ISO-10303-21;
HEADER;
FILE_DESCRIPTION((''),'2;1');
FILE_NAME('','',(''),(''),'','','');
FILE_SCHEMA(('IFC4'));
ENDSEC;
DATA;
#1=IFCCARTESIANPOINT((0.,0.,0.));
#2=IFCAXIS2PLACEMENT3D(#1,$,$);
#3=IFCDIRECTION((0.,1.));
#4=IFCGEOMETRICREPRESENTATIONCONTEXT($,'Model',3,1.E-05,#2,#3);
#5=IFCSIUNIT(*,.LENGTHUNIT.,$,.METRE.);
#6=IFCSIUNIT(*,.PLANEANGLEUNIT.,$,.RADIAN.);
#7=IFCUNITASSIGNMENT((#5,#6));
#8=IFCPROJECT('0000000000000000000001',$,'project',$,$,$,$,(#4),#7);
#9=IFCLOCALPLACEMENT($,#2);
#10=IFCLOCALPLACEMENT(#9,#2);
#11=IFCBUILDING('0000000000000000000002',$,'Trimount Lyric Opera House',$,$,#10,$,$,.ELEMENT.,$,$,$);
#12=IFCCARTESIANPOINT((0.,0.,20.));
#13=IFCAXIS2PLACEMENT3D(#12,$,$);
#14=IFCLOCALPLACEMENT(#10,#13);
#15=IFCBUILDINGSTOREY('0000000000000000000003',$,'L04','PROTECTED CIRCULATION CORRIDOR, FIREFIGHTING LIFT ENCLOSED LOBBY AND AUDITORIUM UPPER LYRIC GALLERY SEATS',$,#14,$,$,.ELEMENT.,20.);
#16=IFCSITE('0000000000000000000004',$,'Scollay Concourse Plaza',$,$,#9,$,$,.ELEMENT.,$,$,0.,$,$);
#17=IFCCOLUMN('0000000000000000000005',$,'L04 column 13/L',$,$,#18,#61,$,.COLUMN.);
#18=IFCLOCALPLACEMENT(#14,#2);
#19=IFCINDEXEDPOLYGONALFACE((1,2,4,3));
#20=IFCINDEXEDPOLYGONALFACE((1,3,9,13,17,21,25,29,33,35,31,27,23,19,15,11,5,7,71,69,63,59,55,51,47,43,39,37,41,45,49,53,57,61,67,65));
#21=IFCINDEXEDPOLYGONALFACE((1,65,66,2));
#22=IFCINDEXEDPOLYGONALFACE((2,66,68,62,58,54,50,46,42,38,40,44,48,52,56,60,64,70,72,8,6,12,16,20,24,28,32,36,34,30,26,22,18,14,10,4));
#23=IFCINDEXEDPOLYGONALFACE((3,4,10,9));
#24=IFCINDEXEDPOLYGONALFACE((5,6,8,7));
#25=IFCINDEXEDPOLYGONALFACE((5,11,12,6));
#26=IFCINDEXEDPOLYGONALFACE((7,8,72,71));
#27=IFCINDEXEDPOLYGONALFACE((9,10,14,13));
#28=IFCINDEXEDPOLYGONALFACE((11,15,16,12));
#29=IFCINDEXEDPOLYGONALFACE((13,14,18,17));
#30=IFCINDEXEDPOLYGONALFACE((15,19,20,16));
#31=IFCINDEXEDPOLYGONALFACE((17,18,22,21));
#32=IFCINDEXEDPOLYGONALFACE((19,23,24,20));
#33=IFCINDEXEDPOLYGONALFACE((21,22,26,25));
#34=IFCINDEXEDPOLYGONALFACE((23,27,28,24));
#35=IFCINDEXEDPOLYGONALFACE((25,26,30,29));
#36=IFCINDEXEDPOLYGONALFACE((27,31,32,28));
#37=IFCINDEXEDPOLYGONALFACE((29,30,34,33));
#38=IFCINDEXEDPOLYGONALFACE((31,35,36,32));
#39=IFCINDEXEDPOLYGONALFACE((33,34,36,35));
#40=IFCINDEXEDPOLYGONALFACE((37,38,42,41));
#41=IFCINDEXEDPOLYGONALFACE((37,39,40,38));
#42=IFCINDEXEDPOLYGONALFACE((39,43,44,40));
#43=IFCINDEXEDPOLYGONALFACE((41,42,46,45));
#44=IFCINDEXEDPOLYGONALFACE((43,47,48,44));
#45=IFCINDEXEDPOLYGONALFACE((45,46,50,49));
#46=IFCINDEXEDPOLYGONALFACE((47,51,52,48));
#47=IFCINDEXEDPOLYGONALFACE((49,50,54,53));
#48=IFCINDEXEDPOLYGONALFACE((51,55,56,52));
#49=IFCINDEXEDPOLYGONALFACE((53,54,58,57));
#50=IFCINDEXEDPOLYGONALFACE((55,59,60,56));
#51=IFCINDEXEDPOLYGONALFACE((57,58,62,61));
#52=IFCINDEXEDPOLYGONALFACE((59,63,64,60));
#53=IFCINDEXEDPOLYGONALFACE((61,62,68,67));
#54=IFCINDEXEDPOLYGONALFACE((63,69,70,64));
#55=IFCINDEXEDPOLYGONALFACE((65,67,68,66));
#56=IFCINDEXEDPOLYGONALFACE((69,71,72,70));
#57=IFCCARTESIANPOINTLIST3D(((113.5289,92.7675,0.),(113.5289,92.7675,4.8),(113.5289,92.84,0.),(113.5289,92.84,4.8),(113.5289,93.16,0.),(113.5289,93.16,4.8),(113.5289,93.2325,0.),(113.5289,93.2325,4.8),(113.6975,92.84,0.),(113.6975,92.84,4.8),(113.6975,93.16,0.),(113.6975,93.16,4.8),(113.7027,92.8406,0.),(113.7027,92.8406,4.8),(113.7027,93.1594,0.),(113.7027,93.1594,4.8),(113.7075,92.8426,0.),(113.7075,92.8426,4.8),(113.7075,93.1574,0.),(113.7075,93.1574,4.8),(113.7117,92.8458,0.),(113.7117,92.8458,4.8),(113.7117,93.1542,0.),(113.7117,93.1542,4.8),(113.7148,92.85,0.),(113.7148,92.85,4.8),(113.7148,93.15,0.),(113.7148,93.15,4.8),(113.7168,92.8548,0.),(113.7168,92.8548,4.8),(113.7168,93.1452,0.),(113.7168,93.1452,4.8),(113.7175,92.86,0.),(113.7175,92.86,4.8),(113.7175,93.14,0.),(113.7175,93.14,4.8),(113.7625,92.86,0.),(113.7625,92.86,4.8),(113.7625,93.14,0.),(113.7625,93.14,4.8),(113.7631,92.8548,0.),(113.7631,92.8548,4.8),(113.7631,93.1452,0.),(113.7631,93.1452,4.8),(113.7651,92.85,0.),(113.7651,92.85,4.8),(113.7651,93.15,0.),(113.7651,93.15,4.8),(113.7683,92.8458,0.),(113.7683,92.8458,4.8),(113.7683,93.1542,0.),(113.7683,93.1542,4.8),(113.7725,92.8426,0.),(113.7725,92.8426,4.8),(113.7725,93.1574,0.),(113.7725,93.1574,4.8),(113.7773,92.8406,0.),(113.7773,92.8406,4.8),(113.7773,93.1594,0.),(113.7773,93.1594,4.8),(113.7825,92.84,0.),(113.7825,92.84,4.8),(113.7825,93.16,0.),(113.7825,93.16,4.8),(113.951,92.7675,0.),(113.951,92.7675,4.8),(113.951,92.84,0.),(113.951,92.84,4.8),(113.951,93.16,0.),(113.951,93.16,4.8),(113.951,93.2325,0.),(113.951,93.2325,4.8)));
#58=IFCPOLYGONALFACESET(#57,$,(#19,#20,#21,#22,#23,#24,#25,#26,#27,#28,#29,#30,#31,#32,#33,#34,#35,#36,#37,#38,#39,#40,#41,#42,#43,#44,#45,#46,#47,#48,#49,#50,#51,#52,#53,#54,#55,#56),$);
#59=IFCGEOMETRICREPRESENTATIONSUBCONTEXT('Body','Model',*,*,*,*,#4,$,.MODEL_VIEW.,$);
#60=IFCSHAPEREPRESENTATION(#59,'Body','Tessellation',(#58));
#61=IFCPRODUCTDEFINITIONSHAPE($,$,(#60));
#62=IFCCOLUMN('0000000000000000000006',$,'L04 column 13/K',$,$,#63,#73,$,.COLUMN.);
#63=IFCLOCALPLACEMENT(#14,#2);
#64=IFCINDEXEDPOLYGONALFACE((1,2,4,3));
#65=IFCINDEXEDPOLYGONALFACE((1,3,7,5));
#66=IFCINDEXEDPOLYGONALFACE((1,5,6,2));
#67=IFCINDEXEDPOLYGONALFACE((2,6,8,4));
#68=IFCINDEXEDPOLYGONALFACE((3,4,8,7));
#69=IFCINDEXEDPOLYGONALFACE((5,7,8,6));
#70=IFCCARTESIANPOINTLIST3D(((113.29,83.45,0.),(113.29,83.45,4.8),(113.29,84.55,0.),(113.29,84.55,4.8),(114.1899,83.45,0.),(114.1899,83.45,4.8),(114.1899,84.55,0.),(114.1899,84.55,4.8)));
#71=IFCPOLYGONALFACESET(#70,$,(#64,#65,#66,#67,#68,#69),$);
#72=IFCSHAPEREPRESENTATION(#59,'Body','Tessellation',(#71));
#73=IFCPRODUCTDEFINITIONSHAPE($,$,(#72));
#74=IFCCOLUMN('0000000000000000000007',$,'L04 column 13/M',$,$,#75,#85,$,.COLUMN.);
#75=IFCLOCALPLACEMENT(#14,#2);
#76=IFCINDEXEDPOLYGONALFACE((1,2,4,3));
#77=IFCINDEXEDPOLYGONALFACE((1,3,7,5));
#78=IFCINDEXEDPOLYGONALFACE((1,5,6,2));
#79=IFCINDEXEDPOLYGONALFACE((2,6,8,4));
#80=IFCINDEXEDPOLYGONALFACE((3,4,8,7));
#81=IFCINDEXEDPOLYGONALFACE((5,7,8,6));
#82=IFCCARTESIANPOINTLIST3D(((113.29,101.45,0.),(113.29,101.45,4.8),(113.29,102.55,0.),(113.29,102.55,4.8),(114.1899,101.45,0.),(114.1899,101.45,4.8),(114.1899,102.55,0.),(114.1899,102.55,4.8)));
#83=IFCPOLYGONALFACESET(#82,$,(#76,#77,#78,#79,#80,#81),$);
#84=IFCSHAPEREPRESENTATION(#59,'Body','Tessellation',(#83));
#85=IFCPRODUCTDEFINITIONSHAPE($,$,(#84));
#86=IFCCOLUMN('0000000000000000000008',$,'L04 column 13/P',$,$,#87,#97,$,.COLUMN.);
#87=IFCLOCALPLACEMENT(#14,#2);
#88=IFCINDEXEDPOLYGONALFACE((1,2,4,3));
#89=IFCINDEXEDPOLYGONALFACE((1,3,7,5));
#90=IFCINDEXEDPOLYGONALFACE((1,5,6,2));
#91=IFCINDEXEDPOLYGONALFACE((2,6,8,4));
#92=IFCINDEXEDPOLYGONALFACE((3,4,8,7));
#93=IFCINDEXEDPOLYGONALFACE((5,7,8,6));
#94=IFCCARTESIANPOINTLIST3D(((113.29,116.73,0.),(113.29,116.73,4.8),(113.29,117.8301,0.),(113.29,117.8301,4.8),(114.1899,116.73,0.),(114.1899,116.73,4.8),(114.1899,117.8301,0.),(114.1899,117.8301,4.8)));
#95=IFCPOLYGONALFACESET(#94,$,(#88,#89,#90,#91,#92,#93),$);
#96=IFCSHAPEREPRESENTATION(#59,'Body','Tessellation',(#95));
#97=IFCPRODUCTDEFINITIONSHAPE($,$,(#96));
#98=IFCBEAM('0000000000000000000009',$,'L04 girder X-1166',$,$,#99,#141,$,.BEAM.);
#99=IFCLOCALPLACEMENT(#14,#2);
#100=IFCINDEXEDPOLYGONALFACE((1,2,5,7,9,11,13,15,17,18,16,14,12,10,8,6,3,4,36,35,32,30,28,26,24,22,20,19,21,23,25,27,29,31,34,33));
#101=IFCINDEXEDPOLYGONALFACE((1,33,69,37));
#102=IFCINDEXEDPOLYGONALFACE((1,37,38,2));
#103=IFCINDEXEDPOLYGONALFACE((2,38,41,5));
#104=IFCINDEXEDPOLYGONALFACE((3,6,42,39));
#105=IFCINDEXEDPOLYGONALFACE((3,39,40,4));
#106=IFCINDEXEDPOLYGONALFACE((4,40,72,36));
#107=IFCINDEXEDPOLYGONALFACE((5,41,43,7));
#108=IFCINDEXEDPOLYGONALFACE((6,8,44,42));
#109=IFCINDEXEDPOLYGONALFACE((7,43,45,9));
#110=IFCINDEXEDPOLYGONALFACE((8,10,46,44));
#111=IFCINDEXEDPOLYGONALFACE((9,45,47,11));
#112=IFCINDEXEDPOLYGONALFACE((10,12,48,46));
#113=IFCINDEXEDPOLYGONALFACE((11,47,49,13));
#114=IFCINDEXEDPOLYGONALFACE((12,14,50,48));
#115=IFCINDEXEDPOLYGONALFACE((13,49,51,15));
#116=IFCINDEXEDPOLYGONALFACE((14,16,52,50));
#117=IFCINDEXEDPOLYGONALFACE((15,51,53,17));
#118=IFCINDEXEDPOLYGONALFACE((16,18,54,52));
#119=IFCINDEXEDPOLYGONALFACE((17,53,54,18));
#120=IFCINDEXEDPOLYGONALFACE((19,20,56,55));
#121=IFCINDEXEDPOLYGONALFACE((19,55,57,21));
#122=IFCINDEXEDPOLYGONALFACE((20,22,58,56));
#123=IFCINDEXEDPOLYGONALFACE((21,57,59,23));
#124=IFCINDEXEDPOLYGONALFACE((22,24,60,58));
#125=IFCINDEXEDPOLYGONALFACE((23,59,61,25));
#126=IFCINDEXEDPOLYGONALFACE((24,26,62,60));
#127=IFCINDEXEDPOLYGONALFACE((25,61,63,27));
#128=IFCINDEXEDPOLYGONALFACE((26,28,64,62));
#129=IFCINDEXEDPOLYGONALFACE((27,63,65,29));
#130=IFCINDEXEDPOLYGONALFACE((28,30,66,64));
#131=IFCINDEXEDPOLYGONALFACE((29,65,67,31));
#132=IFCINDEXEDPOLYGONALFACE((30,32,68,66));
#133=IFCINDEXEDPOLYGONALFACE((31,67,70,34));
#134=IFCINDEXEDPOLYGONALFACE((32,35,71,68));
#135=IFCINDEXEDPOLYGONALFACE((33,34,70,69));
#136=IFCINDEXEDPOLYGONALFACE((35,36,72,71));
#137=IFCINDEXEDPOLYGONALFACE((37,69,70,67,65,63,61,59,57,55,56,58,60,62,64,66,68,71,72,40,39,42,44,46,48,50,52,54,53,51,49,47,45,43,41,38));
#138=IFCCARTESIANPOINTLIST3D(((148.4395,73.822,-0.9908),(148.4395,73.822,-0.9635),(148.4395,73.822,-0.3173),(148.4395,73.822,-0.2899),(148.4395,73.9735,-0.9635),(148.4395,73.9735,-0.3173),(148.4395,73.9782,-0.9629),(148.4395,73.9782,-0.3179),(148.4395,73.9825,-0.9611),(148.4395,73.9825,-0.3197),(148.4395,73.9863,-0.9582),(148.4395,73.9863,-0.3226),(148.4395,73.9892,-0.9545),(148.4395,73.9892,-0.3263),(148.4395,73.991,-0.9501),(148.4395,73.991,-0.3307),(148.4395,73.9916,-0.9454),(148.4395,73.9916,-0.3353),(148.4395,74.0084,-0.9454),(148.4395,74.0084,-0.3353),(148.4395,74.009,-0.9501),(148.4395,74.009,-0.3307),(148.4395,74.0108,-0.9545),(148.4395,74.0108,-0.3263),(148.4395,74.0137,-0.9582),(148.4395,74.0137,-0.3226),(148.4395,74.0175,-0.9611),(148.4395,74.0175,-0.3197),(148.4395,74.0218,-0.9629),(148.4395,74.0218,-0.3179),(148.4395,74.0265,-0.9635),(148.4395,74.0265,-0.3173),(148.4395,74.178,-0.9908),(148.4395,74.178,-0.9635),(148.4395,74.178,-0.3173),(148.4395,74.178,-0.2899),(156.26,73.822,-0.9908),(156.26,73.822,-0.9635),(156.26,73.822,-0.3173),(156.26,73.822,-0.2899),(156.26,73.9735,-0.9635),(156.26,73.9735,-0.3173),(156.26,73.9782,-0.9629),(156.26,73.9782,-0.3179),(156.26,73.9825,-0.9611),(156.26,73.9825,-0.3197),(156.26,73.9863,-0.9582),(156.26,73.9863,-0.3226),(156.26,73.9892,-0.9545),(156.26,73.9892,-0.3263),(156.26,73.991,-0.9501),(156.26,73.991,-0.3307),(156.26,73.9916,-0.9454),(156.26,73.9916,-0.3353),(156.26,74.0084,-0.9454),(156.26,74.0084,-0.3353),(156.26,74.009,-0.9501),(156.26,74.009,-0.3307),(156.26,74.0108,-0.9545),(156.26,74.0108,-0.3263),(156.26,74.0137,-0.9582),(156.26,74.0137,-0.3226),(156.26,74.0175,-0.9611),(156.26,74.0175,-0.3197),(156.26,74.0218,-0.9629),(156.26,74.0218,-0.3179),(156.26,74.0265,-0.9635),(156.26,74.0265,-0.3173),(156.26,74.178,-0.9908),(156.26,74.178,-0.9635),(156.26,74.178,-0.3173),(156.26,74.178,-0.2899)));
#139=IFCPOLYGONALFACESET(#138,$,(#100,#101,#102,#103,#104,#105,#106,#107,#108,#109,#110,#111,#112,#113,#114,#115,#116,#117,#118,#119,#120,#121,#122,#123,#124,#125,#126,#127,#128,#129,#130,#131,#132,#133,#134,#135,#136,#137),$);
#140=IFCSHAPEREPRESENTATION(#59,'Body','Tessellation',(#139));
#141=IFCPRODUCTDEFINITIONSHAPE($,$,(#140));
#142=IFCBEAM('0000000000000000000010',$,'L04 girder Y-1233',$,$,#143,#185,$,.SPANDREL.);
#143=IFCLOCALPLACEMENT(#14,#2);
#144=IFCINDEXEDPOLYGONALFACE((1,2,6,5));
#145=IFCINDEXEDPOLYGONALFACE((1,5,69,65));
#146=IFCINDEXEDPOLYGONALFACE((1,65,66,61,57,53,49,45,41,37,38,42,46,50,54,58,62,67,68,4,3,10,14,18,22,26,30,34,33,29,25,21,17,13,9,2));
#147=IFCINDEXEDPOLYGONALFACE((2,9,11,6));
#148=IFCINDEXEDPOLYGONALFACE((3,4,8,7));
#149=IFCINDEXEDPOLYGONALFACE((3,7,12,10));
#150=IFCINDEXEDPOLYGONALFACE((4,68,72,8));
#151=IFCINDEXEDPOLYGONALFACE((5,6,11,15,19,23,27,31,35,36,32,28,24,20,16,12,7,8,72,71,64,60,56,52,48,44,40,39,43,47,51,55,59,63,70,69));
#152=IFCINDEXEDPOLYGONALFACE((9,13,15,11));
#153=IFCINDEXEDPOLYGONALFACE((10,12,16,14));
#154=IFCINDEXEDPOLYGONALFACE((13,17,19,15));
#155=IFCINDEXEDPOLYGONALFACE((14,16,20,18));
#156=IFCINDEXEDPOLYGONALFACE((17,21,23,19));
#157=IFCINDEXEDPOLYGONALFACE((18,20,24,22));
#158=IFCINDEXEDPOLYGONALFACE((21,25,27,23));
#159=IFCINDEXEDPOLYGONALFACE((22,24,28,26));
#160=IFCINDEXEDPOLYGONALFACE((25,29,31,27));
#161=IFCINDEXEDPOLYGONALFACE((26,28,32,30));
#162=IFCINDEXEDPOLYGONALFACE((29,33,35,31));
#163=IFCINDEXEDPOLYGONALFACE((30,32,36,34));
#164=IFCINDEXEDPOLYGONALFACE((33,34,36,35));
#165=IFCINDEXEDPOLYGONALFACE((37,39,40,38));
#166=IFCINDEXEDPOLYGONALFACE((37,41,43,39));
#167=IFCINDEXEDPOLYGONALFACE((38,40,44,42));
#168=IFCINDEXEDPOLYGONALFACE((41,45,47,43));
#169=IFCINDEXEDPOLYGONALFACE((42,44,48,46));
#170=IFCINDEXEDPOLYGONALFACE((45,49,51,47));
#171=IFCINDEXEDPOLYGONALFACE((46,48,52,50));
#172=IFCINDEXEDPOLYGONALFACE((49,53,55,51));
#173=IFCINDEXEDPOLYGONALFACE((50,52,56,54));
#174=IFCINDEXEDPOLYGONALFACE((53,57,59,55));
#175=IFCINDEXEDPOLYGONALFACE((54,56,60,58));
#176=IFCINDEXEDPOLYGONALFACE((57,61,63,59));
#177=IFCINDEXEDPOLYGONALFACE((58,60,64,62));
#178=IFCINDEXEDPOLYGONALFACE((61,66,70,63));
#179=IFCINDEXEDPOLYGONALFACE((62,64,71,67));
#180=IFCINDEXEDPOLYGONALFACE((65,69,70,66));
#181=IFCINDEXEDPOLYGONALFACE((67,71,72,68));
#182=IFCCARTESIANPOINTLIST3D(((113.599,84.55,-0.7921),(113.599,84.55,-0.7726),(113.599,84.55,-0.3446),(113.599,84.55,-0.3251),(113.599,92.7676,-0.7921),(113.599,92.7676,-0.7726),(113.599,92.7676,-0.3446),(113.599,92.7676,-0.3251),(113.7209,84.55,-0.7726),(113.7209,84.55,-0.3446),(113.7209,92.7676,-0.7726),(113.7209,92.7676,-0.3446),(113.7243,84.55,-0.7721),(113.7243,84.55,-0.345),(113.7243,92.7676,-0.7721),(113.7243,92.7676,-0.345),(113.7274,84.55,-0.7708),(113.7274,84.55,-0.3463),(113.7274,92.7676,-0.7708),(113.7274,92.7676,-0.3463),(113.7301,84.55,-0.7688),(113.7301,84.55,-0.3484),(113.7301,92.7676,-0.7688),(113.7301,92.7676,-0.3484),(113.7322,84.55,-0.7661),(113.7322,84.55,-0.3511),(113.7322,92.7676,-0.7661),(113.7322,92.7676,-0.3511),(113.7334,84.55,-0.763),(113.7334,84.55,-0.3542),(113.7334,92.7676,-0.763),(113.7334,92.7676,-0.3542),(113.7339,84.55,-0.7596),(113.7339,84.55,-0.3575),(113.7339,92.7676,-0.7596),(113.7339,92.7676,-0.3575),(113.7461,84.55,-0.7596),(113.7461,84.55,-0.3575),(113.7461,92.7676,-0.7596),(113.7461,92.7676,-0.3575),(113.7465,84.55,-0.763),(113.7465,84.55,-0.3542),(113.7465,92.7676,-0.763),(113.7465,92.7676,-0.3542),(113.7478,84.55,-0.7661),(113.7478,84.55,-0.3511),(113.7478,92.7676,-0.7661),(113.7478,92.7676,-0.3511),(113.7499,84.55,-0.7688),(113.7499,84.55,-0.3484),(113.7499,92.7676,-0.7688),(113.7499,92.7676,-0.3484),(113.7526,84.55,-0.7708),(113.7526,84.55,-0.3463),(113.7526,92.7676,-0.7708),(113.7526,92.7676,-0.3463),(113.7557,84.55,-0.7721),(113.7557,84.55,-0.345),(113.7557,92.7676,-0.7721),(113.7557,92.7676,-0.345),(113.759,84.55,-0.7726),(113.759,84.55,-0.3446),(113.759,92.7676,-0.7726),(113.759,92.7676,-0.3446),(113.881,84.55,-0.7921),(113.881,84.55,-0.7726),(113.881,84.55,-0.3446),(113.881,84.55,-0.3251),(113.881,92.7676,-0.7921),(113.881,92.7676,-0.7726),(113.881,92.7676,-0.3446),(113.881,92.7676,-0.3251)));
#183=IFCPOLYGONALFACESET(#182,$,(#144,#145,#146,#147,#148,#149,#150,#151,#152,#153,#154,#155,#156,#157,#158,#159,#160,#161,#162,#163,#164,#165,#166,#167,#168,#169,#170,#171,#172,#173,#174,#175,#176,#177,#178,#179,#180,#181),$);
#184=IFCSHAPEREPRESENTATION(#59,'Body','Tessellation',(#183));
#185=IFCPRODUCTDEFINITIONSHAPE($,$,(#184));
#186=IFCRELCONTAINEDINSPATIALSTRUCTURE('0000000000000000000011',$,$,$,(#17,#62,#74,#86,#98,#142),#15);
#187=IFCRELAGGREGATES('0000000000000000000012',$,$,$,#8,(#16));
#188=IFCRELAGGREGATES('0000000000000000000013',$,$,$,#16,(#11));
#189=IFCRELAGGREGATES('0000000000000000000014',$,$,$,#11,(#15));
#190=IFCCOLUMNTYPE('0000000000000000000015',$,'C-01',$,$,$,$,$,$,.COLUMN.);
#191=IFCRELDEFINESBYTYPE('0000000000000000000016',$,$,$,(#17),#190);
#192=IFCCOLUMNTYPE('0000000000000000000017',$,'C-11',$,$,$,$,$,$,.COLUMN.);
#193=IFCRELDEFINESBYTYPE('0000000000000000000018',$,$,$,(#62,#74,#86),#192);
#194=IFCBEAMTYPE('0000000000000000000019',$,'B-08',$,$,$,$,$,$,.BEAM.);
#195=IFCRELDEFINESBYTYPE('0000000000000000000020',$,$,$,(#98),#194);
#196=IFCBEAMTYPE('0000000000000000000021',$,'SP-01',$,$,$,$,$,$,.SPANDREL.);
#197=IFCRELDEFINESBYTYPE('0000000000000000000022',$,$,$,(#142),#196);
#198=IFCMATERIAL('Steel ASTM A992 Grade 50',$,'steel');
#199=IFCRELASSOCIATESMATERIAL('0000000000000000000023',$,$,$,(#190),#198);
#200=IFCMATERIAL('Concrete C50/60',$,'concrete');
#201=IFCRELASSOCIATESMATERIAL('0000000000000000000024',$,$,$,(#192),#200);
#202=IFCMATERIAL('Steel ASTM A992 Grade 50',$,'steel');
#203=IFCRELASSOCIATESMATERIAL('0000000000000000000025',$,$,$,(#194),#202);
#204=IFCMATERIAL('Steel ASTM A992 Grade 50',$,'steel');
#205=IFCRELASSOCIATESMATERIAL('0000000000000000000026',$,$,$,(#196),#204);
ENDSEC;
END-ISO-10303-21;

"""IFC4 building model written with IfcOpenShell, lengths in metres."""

from ifc_helpers import new_model, si_unit, direction, frame, origin, origin_2d, place, context, subcontext, project, spatial, rectangle, i_section, extrude, material, material_profile, profile_set, type_object, element, save


model = new_model("IFC4")

# Units and contexts
model_context = context("Model", 3, precision=1e-05, world=origin(), true_north=direction((0.0, 1.0)))
body_context = subcontext(model_context, "Body", "Model", "MODEL_VIEW")
ifc_project = project(units=[si_unit("LENGTHUNIT", "METRE"), si_unit("PLANEANGLEUNIT", "RADIAN")], contexts=[model_context])

# Site, building, storey
site_placement = place(None, origin())
site = spatial("IfcSite", under=ifc_project, at=site_placement, Name="Scollay Concourse Plaza", CompositionType="ELEMENT", RefElevation=0.0)
building_placement = place(site_placement, origin())
building = spatial("IfcBuilding", under=site, at=building_placement, Name="Trimount Lyric Opera House", CompositionType="ELEMENT")
storey_placement = place(building_placement, frame((0.0, 0.0, 20.0)))
storey = spatial("IfcBuildingStorey", under=building, at=storey_placement, Name="L04", Description="PROTECTED CIRCULATION CORRIDOR, FIREFIGHTING LIFT ENCLOSED LOBBY AND AUDITORIUM UPPER LYRIC GALLERY SEATS", CompositionType="ELEMENT", Elevation=20.0)

# Columns
ifc_material_1 = material(Name="Steel ASTM A992 Grade 50", Category="steel")
ifc_material_profile_1 = material_profile(ifc_material_1, i_section(OverallWidth=0.4221, OverallDepth=0.4651, WebThickness=0.0449, FlangeThickness=0.0725, FilletRadius=0.02, at=origin_2d()), Name="W14X398")
ifc_profile_set_1 = profile_set([ifc_material_profile_1], Name="Steel ASTM A992 Grade 50")
column_type_1 = type_object("IfcColumnType", Name="C-01", PredefinedType="COLUMN", material=ifc_profile_set_1)
column_placement = place(storey_placement, frame((113.74, 93.0, 0.0), z_axis=(0.0, 0.0, 1.0), x_axis=(1.0, 0.0, 0.0)))
element("IfcColumn", 1, at=column_placement, inside=storey, type_object=column_type_1, Name="L04 column 13/L", PredefinedType="COLUMN", context=body_context, shape_type="SweptSolid", body=[
    extrude(i_section(OverallWidth=0.4221, OverallDepth=0.4651, WebThickness=0.0449, FlangeThickness=0.0725, FilletRadius=0.02, at=origin_2d()), origin(), (0.0, 0.0, 1.0), 4.8),
])
ifc_material_2 = material(Name="Concrete C50/60", Category="concrete")
ifc_material_profile_2 = material_profile(ifc_material_2, rectangle(XDim=0.8999, YDim=1.1001, at=origin_2d()), Name="RC1100X900")
ifc_profile_set_2 = profile_set([ifc_material_profile_2], Name="Concrete C50/60")
column_type_2 = type_object("IfcColumnType", Name="C-11", PredefinedType="COLUMN", material=ifc_profile_set_2)
for number, where, z_axis, x_axis, name in (
    (2, (113.74, 84.0, 0.0), (0.0, 0.0, 1.0), (1.0, 0.0, 0.0), "L04 column 13/K"),
    (3, (113.74, 102.0, 0.0), (0.0, 0.0, 1.0), (1.0, 0.0, 0.0), "L04 column 13/M"),
    (4, (113.74, 117.28, 0.0), (0.0, 0.0, 1.0), (1.0, 0.0, 0.0), "L04 column 13/P"),
):
    element("IfcColumn", number, at=place(storey_placement, frame(where, z_axis=z_axis, x_axis=x_axis)), inside=storey, type_object=column_type_2, Name=name, PredefinedType="COLUMN", context=body_context, shape_type="SweptSolid", body=[
        extrude(rectangle(XDim=0.8999, YDim=1.1001, at=origin_2d()), origin(), (0.0, 0.0, 1.0), 4.8),
    ])

# Beams
ifc_material_3 = material(Name="Steel ASTM A992 Grade 50", Category="steel")
ifc_material_profile_3 = material_profile(ifc_material_3, i_section(OverallWidth=0.356, OverallDepth=0.7009, WebThickness=0.0168, FlangeThickness=0.0273, FilletRadius=0.0181, at=origin_2d()), Name="W27X161")
ifc_profile_set_3 = profile_set([ifc_material_profile_3], Name="Steel ASTM A992 Grade 50")
beam_type_1 = type_object("IfcBeamType", Name="B-08", PredefinedType="BEAM", material=ifc_profile_set_3)
beam_1_placement = place(storey_placement, frame((148.4395, 74.0, -0.6404), z_axis=(1.0, 0.0, 0.0), x_axis=(0.0, 1.0, 0.0)))
element("IfcBeam", 5, at=beam_1_placement, inside=storey, type_object=beam_type_1, Name="L04 girder X-1166", PredefinedType="BEAM", context=body_context, shape_type="SweptSolid", body=[
    extrude(i_section(OverallWidth=0.356, OverallDepth=0.7009, WebThickness=0.0168, FlangeThickness=0.0273, FilletRadius=0.0181, at=origin_2d()), origin(), (0.0, 0.0, 1.0), 7.8206),
])
ifc_material_4 = material(Name="Steel ASTM A992 Grade 50", Category="steel")
ifc_material_profile_4 = material_profile(ifc_material_4, i_section(OverallWidth=0.282, OverallDepth=0.467, WebThickness=0.0122, FlangeThickness=0.0195, FilletRadius=0.0129, at=origin_2d()), Name="W18X86")
ifc_profile_set_4 = profile_set([ifc_material_profile_4], Name="Steel ASTM A992 Grade 50")
beam_type_2 = type_object("IfcBeamType", Name="SP-01", PredefinedType="SPANDREL", material=ifc_profile_set_4)
beam_2_placement = place(storey_placement, frame((113.74, 84.55, -0.5586), z_axis=(0.0, 1.0, 0.0), x_axis=(-1.0, 0.0, 0.0)))
element("IfcBeam", 6, at=beam_2_placement, inside=storey, type_object=beam_type_2, Name="L04 girder Y-1233", PredefinedType="SPANDREL", context=body_context, shape_type="SweptSolid", body=[
    extrude(i_section(OverallWidth=0.282, OverallDepth=0.467, WebThickness=0.0122, FlangeThickness=0.0195, FilletRadius=0.0129, at=origin_2d()), origin(), (0.0, 0.0, 1.0), 8.2175),
])

save(model, "model.ifc")
